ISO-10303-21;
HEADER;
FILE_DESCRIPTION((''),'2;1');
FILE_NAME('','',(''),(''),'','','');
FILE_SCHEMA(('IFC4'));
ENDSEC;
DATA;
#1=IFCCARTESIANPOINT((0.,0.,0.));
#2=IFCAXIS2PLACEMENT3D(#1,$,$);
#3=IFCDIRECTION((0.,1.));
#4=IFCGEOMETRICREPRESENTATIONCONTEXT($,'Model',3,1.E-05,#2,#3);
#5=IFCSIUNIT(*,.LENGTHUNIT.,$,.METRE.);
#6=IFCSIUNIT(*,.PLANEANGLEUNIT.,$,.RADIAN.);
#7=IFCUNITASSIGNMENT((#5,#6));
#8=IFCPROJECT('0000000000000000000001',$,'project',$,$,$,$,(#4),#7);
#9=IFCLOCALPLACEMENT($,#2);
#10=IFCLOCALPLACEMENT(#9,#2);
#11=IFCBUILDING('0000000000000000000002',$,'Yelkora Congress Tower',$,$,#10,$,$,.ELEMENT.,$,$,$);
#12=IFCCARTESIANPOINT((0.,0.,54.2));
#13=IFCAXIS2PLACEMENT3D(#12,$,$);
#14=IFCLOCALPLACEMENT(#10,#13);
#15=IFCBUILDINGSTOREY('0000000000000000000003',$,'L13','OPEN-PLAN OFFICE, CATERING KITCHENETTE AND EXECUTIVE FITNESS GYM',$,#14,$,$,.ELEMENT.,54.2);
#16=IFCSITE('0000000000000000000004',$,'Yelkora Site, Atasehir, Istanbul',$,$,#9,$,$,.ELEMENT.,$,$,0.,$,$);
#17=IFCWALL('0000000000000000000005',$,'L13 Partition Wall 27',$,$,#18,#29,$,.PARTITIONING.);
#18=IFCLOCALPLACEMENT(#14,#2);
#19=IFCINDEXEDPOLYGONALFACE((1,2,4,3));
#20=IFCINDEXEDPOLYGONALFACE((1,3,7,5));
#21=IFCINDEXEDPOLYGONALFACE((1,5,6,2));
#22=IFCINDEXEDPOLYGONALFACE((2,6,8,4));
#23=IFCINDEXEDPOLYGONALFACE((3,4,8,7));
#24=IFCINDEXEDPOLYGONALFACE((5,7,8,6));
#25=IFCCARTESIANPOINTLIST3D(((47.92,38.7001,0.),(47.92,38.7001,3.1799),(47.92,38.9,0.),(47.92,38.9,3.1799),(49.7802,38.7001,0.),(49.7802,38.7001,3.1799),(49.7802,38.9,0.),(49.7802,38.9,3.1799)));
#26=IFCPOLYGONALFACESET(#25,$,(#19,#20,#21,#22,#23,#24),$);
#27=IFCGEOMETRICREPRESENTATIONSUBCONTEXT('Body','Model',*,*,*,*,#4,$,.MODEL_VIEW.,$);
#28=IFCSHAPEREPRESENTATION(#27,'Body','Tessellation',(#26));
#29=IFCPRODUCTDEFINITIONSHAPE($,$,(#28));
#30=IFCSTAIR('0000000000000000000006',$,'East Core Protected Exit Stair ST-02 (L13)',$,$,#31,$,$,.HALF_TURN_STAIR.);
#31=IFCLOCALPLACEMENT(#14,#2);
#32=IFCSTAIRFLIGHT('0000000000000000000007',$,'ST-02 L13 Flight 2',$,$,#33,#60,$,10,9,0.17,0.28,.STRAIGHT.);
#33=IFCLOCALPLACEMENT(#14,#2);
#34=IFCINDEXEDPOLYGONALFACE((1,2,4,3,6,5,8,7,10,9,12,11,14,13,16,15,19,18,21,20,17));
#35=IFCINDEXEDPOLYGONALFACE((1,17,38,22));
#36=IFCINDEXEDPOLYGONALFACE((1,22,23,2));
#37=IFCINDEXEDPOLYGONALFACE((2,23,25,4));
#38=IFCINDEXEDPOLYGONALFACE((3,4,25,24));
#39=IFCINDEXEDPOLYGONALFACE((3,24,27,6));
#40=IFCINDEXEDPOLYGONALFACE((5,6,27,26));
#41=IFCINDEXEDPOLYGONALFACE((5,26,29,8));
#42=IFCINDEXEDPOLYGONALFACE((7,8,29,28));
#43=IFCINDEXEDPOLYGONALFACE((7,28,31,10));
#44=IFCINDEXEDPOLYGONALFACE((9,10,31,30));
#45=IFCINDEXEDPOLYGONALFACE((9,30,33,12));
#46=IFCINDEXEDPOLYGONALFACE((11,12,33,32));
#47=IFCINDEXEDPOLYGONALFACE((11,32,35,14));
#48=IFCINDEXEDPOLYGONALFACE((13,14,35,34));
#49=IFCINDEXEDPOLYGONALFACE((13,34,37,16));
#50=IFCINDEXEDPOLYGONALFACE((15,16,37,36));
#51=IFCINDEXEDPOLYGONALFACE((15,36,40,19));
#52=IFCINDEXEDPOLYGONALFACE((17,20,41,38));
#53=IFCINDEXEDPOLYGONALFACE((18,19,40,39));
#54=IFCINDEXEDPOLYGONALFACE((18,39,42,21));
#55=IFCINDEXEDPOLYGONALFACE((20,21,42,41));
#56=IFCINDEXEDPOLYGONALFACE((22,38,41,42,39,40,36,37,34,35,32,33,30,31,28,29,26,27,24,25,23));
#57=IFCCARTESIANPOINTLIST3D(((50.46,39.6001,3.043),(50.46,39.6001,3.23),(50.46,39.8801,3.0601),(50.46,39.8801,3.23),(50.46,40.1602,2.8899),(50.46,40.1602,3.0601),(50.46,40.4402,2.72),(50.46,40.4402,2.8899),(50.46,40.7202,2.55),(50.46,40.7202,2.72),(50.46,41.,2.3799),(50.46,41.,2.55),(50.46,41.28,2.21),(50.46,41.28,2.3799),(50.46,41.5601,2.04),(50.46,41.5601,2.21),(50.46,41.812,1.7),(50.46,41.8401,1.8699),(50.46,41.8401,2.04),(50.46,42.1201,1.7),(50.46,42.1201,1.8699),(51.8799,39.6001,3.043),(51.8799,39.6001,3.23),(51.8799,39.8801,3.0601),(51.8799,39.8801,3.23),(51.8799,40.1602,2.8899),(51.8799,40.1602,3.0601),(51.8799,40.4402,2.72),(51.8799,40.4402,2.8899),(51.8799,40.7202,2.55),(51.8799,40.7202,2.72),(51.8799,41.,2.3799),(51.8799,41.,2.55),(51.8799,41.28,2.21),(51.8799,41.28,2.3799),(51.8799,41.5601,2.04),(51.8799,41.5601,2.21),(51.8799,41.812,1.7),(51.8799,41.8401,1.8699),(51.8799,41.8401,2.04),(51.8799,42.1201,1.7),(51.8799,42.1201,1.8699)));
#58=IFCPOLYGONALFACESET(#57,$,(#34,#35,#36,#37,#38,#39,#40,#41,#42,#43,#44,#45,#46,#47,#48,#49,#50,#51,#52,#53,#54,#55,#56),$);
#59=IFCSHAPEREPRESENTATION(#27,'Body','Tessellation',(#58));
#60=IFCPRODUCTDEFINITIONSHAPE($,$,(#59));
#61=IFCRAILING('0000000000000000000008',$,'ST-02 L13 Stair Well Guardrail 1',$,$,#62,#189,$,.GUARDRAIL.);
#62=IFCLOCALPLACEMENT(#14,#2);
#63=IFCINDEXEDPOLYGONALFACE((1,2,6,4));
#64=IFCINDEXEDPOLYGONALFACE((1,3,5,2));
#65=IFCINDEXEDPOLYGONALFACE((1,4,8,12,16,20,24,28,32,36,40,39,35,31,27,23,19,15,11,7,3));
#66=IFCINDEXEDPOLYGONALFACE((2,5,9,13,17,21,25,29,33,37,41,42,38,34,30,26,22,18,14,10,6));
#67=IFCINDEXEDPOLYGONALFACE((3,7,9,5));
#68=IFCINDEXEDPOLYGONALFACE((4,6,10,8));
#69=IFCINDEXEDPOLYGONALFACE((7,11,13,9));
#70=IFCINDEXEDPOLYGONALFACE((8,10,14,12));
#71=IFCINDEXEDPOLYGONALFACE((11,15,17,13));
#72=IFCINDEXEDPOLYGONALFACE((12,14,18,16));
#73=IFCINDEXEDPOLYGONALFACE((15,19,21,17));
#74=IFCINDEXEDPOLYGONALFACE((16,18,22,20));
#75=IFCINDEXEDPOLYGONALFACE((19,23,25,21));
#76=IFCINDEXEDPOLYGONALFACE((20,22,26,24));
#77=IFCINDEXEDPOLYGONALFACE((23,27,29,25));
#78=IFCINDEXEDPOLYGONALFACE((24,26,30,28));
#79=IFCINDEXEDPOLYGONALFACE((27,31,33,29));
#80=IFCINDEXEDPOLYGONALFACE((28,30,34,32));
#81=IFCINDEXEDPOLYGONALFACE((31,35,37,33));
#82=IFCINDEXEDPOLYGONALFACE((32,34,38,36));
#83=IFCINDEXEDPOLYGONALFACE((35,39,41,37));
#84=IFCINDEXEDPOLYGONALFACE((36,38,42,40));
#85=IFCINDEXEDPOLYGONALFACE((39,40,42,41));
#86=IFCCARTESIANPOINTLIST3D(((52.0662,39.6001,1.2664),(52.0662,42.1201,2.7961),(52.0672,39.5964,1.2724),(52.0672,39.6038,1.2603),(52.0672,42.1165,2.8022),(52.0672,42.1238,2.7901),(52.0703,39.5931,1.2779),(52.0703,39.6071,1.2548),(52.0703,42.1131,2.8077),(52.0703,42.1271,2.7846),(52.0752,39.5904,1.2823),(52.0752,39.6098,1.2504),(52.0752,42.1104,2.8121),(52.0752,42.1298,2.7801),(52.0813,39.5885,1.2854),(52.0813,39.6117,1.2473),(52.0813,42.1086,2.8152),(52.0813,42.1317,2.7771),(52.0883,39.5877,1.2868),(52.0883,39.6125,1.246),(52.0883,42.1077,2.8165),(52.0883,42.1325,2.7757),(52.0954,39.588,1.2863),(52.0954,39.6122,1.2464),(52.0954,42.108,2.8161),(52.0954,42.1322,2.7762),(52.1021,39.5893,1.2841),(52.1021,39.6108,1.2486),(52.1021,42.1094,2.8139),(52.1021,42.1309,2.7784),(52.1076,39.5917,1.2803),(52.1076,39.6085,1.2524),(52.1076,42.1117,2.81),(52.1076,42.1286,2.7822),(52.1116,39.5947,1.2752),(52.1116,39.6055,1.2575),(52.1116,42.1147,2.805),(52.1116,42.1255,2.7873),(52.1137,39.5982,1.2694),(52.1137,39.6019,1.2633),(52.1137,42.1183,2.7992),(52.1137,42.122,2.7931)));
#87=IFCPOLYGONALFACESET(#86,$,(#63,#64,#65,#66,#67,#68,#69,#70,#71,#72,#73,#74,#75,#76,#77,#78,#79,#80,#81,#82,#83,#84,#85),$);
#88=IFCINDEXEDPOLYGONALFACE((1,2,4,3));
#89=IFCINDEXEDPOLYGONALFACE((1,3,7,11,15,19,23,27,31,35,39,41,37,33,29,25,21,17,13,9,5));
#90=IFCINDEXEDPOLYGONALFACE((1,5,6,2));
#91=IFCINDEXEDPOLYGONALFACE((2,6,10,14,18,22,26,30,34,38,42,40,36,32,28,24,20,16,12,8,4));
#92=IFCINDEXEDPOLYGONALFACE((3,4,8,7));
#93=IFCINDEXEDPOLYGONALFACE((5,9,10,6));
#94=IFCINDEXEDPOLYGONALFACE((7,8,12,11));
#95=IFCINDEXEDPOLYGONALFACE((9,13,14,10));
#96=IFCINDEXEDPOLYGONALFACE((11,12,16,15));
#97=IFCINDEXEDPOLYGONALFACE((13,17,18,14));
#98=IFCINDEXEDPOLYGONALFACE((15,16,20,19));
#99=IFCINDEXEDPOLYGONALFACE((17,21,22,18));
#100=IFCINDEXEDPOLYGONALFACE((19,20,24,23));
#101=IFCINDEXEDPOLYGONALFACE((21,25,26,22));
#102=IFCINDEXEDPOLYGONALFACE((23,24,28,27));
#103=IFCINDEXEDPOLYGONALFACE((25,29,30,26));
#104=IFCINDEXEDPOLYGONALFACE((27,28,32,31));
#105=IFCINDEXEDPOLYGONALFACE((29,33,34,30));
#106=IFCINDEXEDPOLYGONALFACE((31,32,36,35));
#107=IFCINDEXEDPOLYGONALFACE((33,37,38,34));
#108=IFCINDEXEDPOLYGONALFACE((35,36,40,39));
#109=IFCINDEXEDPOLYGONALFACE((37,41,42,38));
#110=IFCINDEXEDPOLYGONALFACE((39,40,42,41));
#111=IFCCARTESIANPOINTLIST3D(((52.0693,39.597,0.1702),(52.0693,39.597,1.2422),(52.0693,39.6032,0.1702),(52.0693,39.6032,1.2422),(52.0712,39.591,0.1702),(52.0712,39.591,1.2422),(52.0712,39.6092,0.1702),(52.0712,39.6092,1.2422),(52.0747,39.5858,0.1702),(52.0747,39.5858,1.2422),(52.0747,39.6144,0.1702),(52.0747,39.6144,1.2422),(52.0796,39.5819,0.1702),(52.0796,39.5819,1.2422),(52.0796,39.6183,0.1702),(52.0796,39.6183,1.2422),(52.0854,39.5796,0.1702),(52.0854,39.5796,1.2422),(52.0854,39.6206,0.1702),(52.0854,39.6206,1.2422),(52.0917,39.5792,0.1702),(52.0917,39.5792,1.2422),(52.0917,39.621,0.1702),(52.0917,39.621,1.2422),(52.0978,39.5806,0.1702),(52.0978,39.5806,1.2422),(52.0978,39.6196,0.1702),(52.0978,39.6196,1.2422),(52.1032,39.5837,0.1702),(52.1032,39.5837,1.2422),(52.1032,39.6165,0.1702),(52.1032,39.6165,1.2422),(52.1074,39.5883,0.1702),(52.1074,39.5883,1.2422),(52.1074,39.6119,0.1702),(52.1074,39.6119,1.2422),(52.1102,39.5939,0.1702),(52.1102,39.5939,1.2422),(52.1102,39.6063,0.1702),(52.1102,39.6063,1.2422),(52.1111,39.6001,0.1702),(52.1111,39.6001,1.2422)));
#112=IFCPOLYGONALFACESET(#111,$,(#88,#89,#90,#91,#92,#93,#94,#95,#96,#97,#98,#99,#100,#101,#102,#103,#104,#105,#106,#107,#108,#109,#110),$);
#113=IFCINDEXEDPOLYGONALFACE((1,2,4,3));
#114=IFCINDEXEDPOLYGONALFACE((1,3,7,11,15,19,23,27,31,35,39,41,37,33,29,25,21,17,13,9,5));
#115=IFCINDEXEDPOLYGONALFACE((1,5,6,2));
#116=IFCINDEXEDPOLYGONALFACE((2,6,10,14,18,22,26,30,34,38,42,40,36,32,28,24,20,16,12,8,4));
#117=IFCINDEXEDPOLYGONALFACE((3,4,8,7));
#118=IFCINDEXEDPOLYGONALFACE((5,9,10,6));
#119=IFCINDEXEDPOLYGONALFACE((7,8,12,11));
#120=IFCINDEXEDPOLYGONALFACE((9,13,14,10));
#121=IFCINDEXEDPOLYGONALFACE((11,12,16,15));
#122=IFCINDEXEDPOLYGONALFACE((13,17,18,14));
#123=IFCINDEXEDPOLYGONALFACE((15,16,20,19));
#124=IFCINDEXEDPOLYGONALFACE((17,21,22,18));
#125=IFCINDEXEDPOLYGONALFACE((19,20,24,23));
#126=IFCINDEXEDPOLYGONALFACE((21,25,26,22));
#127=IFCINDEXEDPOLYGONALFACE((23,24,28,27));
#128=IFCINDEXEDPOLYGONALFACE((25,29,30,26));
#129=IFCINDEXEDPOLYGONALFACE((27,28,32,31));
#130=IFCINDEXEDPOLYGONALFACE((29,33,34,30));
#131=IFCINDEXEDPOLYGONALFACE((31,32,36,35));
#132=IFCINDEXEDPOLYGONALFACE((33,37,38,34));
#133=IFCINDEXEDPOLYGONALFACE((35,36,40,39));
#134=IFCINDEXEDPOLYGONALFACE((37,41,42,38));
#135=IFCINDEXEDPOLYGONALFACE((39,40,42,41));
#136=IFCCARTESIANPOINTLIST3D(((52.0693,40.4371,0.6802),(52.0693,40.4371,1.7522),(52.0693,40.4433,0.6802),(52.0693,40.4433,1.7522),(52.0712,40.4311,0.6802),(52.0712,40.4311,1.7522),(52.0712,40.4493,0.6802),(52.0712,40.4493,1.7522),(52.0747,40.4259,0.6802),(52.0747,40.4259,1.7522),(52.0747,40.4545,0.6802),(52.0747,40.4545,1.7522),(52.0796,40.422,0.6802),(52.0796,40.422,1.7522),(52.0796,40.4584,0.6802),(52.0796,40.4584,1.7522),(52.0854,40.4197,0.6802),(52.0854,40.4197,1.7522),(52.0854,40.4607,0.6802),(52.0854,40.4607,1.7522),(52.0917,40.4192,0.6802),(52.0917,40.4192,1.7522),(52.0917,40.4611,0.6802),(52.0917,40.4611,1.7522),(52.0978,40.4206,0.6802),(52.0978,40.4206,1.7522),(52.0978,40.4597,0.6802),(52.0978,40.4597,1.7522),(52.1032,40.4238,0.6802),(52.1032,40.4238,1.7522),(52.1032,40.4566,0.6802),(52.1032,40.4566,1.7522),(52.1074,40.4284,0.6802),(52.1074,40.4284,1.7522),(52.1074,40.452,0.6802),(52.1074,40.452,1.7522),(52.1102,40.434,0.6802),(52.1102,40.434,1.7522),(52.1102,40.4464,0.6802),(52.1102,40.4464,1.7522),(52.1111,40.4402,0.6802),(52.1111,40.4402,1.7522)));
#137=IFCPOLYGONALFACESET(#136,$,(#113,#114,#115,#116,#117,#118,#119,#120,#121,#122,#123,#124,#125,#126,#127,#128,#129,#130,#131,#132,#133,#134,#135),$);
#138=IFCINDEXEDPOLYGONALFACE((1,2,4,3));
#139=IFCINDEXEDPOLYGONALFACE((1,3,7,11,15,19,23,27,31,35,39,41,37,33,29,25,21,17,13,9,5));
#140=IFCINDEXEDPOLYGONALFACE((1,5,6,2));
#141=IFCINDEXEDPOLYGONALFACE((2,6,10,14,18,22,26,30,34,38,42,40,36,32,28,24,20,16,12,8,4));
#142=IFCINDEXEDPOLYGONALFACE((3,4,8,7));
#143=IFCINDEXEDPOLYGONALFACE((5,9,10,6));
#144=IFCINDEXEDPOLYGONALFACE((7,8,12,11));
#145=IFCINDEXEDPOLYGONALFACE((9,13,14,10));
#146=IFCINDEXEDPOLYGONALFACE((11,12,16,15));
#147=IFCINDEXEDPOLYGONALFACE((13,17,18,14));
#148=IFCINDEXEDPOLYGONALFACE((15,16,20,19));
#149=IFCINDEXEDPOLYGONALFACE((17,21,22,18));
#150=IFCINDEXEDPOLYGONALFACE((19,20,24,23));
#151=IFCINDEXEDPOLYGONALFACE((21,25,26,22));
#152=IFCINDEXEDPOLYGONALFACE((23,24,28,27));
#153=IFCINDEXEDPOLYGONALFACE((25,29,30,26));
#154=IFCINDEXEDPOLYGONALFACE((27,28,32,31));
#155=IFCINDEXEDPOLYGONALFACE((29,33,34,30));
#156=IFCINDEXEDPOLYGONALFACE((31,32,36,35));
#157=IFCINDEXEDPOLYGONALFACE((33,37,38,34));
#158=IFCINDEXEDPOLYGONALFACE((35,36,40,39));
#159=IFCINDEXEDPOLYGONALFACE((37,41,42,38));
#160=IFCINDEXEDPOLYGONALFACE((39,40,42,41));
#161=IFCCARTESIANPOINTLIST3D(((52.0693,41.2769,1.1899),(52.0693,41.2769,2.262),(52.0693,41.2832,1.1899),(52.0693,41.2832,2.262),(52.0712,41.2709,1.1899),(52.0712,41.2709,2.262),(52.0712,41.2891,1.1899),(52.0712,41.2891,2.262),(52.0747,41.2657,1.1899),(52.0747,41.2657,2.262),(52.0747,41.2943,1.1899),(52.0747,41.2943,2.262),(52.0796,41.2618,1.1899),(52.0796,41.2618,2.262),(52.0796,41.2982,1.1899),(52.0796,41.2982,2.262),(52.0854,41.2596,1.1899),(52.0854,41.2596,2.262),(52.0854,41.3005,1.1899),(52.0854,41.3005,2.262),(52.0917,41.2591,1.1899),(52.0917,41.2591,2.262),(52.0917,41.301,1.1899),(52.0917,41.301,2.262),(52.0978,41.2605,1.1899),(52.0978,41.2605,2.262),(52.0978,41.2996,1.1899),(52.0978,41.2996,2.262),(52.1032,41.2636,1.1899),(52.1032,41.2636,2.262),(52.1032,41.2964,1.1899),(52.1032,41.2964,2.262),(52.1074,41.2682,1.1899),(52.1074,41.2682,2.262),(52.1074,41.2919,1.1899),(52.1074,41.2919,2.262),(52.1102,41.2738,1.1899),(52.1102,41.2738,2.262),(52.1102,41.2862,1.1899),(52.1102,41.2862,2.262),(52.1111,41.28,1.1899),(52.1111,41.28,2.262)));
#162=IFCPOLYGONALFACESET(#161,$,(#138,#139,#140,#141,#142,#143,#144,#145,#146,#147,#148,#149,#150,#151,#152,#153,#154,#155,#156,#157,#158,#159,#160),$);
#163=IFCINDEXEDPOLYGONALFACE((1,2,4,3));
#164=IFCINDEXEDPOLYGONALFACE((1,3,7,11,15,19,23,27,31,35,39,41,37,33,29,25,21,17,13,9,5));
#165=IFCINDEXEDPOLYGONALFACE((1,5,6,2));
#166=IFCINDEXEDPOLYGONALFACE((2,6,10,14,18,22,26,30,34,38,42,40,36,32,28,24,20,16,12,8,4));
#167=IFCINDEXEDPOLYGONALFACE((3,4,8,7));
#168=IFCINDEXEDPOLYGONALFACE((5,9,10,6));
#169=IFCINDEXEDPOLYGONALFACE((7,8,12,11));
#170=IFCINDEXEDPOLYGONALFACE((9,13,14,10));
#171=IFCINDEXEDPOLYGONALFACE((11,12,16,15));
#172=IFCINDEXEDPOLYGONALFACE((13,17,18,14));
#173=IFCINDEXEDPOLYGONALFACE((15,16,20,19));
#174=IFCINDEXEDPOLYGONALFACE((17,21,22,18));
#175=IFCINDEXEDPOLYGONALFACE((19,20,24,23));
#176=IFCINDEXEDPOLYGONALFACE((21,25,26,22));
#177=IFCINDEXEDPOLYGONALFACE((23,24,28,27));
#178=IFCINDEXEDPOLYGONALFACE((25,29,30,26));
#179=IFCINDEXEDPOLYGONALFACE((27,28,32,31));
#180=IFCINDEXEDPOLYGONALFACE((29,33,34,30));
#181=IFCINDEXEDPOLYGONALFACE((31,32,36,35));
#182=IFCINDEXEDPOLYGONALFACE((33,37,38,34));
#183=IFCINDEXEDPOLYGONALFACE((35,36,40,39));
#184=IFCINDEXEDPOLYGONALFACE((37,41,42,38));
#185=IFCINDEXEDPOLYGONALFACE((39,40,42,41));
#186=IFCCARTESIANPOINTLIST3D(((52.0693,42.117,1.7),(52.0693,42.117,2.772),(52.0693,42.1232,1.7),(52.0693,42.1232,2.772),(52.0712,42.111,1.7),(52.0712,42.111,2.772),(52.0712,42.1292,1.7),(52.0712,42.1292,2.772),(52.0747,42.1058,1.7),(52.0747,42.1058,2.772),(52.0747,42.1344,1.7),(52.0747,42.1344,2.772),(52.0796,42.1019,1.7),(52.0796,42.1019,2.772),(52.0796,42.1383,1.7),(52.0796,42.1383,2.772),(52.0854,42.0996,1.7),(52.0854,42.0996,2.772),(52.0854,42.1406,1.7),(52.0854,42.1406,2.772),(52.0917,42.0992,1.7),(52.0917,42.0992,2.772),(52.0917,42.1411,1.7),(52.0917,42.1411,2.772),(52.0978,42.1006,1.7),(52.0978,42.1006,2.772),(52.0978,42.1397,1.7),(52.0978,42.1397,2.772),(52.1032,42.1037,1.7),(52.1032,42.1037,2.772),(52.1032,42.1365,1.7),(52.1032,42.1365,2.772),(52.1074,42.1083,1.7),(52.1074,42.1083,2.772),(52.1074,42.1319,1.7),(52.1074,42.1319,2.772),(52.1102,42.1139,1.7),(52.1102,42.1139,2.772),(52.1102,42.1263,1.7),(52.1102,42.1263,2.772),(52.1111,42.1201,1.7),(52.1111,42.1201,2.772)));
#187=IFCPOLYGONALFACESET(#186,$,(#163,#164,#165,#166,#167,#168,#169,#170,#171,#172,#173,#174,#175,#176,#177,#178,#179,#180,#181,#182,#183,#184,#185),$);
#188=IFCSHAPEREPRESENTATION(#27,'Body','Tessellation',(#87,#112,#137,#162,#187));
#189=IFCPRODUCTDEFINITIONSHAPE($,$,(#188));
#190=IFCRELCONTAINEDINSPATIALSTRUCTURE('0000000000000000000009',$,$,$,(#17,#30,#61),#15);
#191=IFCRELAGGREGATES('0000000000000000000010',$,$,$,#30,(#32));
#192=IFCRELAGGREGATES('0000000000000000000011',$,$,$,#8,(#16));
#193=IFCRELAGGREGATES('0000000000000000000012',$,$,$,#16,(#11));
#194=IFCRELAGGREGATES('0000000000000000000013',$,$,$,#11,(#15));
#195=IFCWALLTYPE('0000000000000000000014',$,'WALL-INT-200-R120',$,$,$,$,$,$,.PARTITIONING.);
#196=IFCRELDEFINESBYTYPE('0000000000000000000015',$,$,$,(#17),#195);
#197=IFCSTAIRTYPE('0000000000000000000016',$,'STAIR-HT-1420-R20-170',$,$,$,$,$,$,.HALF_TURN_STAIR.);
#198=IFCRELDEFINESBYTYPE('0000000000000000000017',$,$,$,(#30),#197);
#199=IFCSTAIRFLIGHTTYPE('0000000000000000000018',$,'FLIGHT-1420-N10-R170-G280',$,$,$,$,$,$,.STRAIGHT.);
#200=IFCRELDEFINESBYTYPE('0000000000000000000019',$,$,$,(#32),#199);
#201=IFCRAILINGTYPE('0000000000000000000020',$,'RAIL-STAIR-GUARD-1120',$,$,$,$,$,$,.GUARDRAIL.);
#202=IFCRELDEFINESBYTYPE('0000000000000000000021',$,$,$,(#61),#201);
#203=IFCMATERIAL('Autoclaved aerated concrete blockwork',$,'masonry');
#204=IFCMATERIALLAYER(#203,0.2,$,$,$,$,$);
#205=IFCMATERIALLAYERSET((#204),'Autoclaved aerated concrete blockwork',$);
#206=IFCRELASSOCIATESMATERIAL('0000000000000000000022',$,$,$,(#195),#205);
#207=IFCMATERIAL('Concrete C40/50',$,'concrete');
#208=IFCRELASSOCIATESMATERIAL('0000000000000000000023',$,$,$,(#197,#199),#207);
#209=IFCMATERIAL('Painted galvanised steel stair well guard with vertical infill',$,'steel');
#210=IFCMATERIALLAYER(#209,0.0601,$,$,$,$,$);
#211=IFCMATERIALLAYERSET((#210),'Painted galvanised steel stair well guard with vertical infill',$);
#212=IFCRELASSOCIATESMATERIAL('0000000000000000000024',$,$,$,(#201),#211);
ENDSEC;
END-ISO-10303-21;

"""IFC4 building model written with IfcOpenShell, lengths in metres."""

from ifc_helpers import new_model, si_unit, direction, frame, frame_2d, origin, origin_2d, place, context, subcontext, project, spatial, polyline, rectangle, circle, outline, extrude, material, layer, layer_set, type_object, element, aggregate, save


model = new_model("IFC4")

# Units and contexts
model_context = context("Model", 3, precision=1e-05, world=origin(), true_north=direction((0.0, 1.0)))
body_context = subcontext(model_context, "Body", "Model", "MODEL_VIEW")
ifc_project = project(units=[si_unit("LENGTHUNIT", "METRE"), si_unit("PLANEANGLEUNIT", "RADIAN")], contexts=[model_context])

# Site, building, storey
site_placement = place(None, origin())
site = spatial("IfcSite", under=ifc_project, at=site_placement, Name="Yelkora Site, Atasehir, Istanbul", CompositionType="ELEMENT", RefElevation=0.0)
building_placement = place(site_placement, origin())
building = spatial("IfcBuilding", under=site, at=building_placement, Name="Yelkora Congress Tower", CompositionType="ELEMENT")
storey_placement = place(building_placement, frame((0.0, 0.0, 54.2)))
storey = spatial("IfcBuildingStorey", under=building, at=storey_placement, Name="L13", Description="OPEN-PLAN OFFICE, CATERING KITCHENETTE AND EXECUTIVE FITNESS GYM", CompositionType="ELEMENT", Elevation=54.2)

# Shared definitions
ifc_material_1 = material(Name="Autoclaved aerated concrete blockwork", Category="masonry")
ifc_layer_1 = layer(ifc_material_1, 0.2)
ifc_layer_set_1 = layer_set([ifc_layer_1], Name="Autoclaved aerated concrete blockwork")
wall_type_1 = type_object("IfcWallType", Name="WALL-INT-200-R120", PredefinedType="PARTITIONING", material=ifc_layer_set_1)

# Wall
wall_1_placement = place(storey_placement, frame((47.9199, 38.8, 0.0), z_axis=(0.0, 0.0, 1.0), x_axis=(1.0, 0.0, 0.0)))
element("IfcWall", 1, at=wall_1_placement, inside=storey, type_object=wall_type_1, Name="L13 Partition Wall 27", PredefinedType="PARTITIONING", context=body_context, shape_type="SweptSolid", body=[
    extrude(rectangle(XDim=1.8601, YDim=0.2, at=frame_2d((0.9302, 0.0))), origin(), (0.0, 0.0, 1.0), 3.1799),
])

# Stair, stair flight
ifc_material_2 = material(Name="Concrete C40/50", Category="concrete")
stair_type = type_object("IfcStairType", Name="STAIR-HT-1420-R20-170", PredefinedType="HALF_TURN_STAIR", material=ifc_material_2)
stair_placement = place(storey_placement, origin())
stair = element("IfcStair", 2, at=stair_placement, inside=storey, type_object=stair_type, Name="East Core Protected Exit Stair ST-02 (L13)", PredefinedType="HALF_TURN_STAIR")
stair_flight_type = type_object("IfcStairFlightType", Name="FLIGHT-1420-N10-R170-G280", PredefinedType="STRAIGHT", material=ifc_material_2)
stair_flight_placement = place(storey_placement, frame((51.1699, 42.1201, 1.7), z_axis=(0.0, 0.0, 1.0), x_axis=(0.0, -1.0, 0.0)))
stair_flight = element("IfcStairFlight", 3, at=stair_flight_placement, type_object=stair_flight_type, Name="ST-02 L13 Flight 2", NumberOfRisers=10, NumberOfTreads=9, PredefinedType="STRAIGHT", RiserHeight=0.17, TreadLength=0.28, context=body_context, shape_type="SweptSolid", body=[
    extrude(outline(polyline([(0.0, 0.0), (0.0, 0.1699), (0.28, 0.1699), (0.28, 0.3401), (0.5601, 0.3401), (0.5601, 0.51), (0.8401, 0.51), (0.8401, 0.6799), (1.1201, 0.6799), (1.1201, 0.8501), (1.3999, 0.8501), (1.3999, 1.02), (1.6799, 1.02), (1.6799, 1.1899), (1.96, 1.1899), (1.96, 1.3601), (2.24, 1.3601), (2.24, 1.53), (2.52, 1.53), (2.52, 1.7), (2.52, 1.343), (0.3081, 0.0), (0.0, 0.0)])), frame((0.0, 0.71, 0.0), z_axis=(0.0, -1.0, 0.0), x_axis=(1.0, 0.0, 0.0)), (0.0, 0.0, 1.0), 1.4199),
])
aggregate(stair, [stair_flight])

# Railing
ifc_material_3 = material(Name="Painted galvanised steel stair well guard with vertical infill", Category="steel")
ifc_layer_2 = layer(ifc_material_3, 0.0601)
ifc_layer_set_2 = layer_set([ifc_layer_2], Name="Painted galvanised steel stair well guard with vertical infill")
railing_type_1 = type_object("IfcRailingType", Name="RAIL-STAIR-GUARD-1120", PredefinedType="GUARDRAIL", material=ifc_layer_set_2)
railing_1_placement = place(storey_placement, frame((52.0901, 39.6001, 0.1702)))
element("IfcRailing", 4, at=railing_1_placement, inside=storey, type_object=railing_type_1, Name="ST-02 L13 Stair Well Guardrail 1", PredefinedType="GUARDRAIL", context=body_context, shape_type="SweptSolid", body=[
    extrude(circle(Radius=0.0239, at=origin_2d()), frame((0.0, 0.0, 1.0962), z_axis=(0.0, 0.854822, 0.518922), x_axis=(-1.0, 0.0, 0.0)), (0.0, 0.0, 1.0), 2.948),
    extrude(circle(Radius=0.021, at=origin_2d()), origin(), (0.0, 0.0, 1.0), 1.072),
    extrude(circle(Radius=0.021, at=origin_2d()), frame((0.0, 0.8401, 0.51)), (0.0, 0.0, 1.0), 1.072),
    extrude(circle(Radius=0.021, at=origin_2d()), frame((0.0, 1.6799, 1.0198)), (0.0, 0.0, 1.0), 1.072),
    extrude(circle(Radius=0.021, at=origin_2d()), frame((0.0, 2.52, 1.5298)), (0.0, 0.0, 1.0), 1.072),
])

save(model, "model.ifc")
